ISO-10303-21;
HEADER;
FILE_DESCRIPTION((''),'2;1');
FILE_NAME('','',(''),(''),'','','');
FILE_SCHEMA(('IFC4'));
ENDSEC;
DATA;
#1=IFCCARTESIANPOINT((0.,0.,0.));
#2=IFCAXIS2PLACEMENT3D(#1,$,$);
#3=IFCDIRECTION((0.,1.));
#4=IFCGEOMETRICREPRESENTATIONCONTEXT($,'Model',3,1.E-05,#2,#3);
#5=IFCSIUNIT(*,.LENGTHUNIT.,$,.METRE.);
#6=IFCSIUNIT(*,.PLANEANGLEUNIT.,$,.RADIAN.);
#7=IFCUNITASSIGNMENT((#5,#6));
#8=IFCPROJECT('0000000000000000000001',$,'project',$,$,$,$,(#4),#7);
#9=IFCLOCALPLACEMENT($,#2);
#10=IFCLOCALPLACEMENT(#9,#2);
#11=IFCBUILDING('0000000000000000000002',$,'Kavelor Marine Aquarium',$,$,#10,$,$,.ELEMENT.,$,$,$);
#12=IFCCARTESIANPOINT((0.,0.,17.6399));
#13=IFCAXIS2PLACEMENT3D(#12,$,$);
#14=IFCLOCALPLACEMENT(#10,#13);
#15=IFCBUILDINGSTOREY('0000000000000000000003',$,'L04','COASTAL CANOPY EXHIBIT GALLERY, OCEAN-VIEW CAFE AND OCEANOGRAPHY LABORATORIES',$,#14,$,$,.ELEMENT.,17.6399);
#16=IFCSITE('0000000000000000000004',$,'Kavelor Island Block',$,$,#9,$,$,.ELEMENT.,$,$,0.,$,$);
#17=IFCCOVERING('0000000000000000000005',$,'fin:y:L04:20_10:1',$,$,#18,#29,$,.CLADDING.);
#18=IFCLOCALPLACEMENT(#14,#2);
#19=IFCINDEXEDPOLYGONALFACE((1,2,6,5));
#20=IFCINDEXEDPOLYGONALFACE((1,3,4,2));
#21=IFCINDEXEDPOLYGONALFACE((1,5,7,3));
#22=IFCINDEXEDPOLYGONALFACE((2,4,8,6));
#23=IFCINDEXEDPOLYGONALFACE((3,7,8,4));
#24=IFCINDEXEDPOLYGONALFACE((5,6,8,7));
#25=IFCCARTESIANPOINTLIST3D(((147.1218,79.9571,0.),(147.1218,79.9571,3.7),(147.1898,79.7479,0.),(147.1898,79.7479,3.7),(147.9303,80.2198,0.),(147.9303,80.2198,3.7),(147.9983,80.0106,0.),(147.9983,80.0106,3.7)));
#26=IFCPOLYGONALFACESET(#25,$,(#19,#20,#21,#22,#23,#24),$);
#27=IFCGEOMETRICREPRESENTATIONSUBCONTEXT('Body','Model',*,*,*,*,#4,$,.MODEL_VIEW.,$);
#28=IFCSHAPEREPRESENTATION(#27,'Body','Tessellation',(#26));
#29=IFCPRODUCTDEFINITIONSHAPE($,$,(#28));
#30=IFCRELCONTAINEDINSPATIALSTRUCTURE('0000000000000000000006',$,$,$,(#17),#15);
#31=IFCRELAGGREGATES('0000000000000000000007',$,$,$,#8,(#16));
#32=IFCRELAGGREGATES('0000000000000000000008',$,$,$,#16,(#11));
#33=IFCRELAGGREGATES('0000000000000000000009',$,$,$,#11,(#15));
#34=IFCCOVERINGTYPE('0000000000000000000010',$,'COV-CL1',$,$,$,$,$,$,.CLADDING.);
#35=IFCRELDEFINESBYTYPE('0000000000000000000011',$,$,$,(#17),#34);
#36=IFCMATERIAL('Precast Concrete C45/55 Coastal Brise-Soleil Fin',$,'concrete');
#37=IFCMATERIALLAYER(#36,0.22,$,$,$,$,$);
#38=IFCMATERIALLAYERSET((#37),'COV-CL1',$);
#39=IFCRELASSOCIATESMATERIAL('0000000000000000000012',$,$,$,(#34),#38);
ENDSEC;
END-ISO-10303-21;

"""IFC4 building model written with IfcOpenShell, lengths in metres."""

from ifc_helpers import new_model, si_unit, direction, frame, origin, origin_2d, place, context, subcontext, project, spatial, rectangle, extrude, material, layer, layer_set, type_object, element, save


model = new_model("IFC4")

# Units and contexts
model_context = context("Model", 3, precision=1e-05, world=origin(), true_north=direction((0.0, 1.0)))
body_context = subcontext(model_context, "Body", "Model", "MODEL_VIEW")
ifc_project = project(units=[si_unit("LENGTHUNIT", "METRE"), si_unit("PLANEANGLEUNIT", "RADIAN")], contexts=[model_context])

# Site, building, storey
site_placement = place(None, origin())
site = spatial("IfcSite", under=ifc_project, at=site_placement, Name="Kavelor Island Block", CompositionType="ELEMENT", RefElevation=0.0)
building_placement = place(site_placement, origin())
building = spatial("IfcBuilding", under=site, at=building_placement, Name="Kavelor Marine Aquarium", CompositionType="ELEMENT")
storey_placement = place(building_placement, frame((0.0, 0.0, 17.6399)))
storey = spatial("IfcBuildingStorey", under=building, at=storey_placement, Name="L04", Description="COASTAL CANOPY EXHIBIT GALLERY, OCEAN-VIEW CAFE AND OCEANOGRAPHY LABORATORIES", CompositionType="ELEMENT", Elevation=17.6399)

# Covering
ifc_material_1 = material(Name="Precast Concrete C45/55 Coastal Brise-Soleil Fin", Category="concrete")
ifc_layer_1 = layer(ifc_material_1, 0.22)
ifc_layer_set_1 = layer_set([ifc_layer_1], Name="COV-CL1")
covering_type = type_object("IfcCoveringType", Name="COV-CL1", PredefinedType="CLADDING", material=ifc_layer_set_1)
for number, where, z_axis, x_axis, name in (
    (1, (147.5601, 79.9839, 0.0), (0.0, 0.0, 1.0), (0.951057, 0.309017, 0.0), "fin:y:L04:20_10:1"),
):
    element("IfcCovering", number, at=place(storey_placement, frame(where, z_axis=z_axis, x_axis=x_axis)), inside=storey, type_object=covering_type, Name=name, PredefinedType="CLADDING", context=body_context, shape_type="SweptSolid", body=[
        extrude(rectangle(XDim=0.8501, YDim=0.22, at=origin_2d()), origin(), (0.0, 0.0, 1.0), 3.7),
    ])

save(model, "model.ifc")
